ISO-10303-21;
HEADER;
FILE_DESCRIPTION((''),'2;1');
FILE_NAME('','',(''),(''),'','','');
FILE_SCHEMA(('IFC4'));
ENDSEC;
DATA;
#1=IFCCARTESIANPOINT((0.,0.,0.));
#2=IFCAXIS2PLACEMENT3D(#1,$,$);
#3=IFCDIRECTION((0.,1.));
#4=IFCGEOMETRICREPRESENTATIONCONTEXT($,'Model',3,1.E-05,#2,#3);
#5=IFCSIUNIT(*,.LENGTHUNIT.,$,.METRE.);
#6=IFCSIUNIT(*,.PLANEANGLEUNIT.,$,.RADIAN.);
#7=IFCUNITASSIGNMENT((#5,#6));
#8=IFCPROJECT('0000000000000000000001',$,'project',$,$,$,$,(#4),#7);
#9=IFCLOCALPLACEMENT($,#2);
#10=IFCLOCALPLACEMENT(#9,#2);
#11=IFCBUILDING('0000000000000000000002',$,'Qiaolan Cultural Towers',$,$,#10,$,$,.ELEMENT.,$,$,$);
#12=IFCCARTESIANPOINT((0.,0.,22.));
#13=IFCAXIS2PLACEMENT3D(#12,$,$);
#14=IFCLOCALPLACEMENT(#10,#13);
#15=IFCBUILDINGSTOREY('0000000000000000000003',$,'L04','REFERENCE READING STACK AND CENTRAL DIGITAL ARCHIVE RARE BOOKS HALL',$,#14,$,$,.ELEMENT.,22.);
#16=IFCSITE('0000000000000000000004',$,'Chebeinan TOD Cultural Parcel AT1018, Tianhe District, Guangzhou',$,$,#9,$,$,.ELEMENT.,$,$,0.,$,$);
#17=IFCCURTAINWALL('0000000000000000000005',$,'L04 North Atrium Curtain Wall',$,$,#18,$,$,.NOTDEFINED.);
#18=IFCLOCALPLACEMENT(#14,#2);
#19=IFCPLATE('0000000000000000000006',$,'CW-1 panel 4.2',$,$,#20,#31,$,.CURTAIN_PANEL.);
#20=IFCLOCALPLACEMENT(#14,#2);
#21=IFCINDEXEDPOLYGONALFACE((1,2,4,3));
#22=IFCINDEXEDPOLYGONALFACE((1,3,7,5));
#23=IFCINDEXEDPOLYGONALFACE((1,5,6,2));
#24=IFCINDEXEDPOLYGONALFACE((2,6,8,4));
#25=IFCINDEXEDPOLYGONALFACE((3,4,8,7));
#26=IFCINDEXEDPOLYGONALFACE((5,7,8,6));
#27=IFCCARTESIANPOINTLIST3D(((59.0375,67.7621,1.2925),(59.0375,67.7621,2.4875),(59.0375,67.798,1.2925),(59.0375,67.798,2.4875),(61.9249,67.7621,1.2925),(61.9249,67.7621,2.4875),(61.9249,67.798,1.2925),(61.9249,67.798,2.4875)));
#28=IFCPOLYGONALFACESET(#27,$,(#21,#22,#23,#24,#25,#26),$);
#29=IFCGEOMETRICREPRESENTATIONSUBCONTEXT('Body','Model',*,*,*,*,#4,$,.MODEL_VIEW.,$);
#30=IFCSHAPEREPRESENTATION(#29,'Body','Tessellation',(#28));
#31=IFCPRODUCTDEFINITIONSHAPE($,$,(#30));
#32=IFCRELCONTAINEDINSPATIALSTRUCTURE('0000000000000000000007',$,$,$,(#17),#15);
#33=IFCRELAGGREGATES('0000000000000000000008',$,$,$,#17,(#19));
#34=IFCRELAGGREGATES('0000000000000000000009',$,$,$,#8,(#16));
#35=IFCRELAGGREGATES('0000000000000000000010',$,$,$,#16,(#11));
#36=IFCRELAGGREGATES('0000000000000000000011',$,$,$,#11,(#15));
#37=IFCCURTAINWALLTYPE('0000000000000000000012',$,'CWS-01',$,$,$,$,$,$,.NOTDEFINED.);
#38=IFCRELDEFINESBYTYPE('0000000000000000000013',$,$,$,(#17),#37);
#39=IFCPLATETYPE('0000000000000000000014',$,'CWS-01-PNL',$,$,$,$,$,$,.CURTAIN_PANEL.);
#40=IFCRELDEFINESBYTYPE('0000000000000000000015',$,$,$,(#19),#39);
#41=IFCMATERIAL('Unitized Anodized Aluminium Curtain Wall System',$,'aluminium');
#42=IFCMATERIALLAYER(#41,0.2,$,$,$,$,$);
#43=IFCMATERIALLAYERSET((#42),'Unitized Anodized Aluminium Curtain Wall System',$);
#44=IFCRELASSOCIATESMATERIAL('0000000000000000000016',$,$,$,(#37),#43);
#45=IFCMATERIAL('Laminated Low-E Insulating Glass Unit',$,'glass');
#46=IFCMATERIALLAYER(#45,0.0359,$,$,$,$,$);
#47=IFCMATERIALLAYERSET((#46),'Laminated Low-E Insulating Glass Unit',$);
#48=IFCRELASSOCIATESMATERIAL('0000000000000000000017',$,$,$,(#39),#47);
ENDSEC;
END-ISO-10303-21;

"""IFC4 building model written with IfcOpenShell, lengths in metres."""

from ifc_helpers import new_model, si_unit, direction, frame, origin, origin_2d, place, context, subcontext, project, spatial, rectangle, extrude, material, layer, layer_set, type_object, element, aggregate, save


model = new_model("IFC4")

# Units and contexts
model_context = context("Model", 3, precision=1e-05, world=origin(), true_north=direction((0.0, 1.0)))
body_context = subcontext(model_context, "Body", "Model", "MODEL_VIEW")
ifc_project = project(units=[si_unit("LENGTHUNIT", "METRE"), si_unit("PLANEANGLEUNIT", "RADIAN")], contexts=[model_context])

# Site, building, storey
site_placement = place(None, origin())
site = spatial("IfcSite", under=ifc_project, at=site_placement, Name="Chebeinan TOD Cultural Parcel AT1018, Tianhe District, Guangzhou", CompositionType="ELEMENT", RefElevation=0.0)
building_placement = place(site_placement, origin())
building = spatial("IfcBuilding", under=site, at=building_placement, Name="Qiaolan Cultural Towers", CompositionType="ELEMENT")
storey_placement = place(building_placement, frame((0.0, 0.0, 22.0)))
storey = spatial("IfcBuildingStorey", under=building, at=storey_placement, Name="L04", Description="REFERENCE READING STACK AND CENTRAL DIGITAL ARCHIVE RARE BOOKS HALL", CompositionType="ELEMENT", Elevation=22.0)

# Curtain wall, plate
ifc_material_1 = material(Name="Unitized Anodized Aluminium Curtain Wall System", Category="aluminium")
ifc_layer_1 = layer(ifc_material_1, 0.2)
ifc_layer_set_1 = layer_set([ifc_layer_1], Name="Unitized Anodized Aluminium Curtain Wall System")
curtain_wall_type = type_object("IfcCurtainWallType", Name="CWS-01", PredefinedType="NOTDEFINED", material=ifc_layer_set_1)
curtain_wall_placement = place(storey_placement, origin())
curtain_wall = element("IfcCurtainWall", 1, at=curtain_wall_placement, inside=storey, type_object=curtain_wall_type, Name="L04 North Atrium Curtain Wall", PredefinedType="NOTDEFINED")
ifc_material_2 = material(Name="Laminated Low-E Insulating Glass Unit", Category="glass")
ifc_layer_2 = layer(ifc_material_2, 0.0359)
ifc_layer_set_2 = layer_set([ifc_layer_2], Name="Laminated Low-E Insulating Glass Unit")
plate_type = type_object("IfcPlateType", Name="CWS-01-PNL", PredefinedType="CURTAIN_PANEL", material=ifc_layer_set_2)
plate_1_placement = place(storey_placement, frame((60.4812, 67.78, 1.2925), z_axis=(0.0, 0.0, 1.0), x_axis=(1.0, 0.0, 0.0)))
plate_1 = element("IfcPlate", 2, at=plate_1_placement, type_object=plate_type, Name="CW-1 panel 4.2", PredefinedType="CURTAIN_PANEL", context=body_context, shape_type="SweptSolid", body=[
    extrude(rectangle(XDim=2.8875, YDim=0.0359, at=origin_2d()), origin(), (0.0, 0.0, 1.0), 1.1951),
])
aggregate(curtain_wall, [plate_1])

save(model, "model.ifc")
